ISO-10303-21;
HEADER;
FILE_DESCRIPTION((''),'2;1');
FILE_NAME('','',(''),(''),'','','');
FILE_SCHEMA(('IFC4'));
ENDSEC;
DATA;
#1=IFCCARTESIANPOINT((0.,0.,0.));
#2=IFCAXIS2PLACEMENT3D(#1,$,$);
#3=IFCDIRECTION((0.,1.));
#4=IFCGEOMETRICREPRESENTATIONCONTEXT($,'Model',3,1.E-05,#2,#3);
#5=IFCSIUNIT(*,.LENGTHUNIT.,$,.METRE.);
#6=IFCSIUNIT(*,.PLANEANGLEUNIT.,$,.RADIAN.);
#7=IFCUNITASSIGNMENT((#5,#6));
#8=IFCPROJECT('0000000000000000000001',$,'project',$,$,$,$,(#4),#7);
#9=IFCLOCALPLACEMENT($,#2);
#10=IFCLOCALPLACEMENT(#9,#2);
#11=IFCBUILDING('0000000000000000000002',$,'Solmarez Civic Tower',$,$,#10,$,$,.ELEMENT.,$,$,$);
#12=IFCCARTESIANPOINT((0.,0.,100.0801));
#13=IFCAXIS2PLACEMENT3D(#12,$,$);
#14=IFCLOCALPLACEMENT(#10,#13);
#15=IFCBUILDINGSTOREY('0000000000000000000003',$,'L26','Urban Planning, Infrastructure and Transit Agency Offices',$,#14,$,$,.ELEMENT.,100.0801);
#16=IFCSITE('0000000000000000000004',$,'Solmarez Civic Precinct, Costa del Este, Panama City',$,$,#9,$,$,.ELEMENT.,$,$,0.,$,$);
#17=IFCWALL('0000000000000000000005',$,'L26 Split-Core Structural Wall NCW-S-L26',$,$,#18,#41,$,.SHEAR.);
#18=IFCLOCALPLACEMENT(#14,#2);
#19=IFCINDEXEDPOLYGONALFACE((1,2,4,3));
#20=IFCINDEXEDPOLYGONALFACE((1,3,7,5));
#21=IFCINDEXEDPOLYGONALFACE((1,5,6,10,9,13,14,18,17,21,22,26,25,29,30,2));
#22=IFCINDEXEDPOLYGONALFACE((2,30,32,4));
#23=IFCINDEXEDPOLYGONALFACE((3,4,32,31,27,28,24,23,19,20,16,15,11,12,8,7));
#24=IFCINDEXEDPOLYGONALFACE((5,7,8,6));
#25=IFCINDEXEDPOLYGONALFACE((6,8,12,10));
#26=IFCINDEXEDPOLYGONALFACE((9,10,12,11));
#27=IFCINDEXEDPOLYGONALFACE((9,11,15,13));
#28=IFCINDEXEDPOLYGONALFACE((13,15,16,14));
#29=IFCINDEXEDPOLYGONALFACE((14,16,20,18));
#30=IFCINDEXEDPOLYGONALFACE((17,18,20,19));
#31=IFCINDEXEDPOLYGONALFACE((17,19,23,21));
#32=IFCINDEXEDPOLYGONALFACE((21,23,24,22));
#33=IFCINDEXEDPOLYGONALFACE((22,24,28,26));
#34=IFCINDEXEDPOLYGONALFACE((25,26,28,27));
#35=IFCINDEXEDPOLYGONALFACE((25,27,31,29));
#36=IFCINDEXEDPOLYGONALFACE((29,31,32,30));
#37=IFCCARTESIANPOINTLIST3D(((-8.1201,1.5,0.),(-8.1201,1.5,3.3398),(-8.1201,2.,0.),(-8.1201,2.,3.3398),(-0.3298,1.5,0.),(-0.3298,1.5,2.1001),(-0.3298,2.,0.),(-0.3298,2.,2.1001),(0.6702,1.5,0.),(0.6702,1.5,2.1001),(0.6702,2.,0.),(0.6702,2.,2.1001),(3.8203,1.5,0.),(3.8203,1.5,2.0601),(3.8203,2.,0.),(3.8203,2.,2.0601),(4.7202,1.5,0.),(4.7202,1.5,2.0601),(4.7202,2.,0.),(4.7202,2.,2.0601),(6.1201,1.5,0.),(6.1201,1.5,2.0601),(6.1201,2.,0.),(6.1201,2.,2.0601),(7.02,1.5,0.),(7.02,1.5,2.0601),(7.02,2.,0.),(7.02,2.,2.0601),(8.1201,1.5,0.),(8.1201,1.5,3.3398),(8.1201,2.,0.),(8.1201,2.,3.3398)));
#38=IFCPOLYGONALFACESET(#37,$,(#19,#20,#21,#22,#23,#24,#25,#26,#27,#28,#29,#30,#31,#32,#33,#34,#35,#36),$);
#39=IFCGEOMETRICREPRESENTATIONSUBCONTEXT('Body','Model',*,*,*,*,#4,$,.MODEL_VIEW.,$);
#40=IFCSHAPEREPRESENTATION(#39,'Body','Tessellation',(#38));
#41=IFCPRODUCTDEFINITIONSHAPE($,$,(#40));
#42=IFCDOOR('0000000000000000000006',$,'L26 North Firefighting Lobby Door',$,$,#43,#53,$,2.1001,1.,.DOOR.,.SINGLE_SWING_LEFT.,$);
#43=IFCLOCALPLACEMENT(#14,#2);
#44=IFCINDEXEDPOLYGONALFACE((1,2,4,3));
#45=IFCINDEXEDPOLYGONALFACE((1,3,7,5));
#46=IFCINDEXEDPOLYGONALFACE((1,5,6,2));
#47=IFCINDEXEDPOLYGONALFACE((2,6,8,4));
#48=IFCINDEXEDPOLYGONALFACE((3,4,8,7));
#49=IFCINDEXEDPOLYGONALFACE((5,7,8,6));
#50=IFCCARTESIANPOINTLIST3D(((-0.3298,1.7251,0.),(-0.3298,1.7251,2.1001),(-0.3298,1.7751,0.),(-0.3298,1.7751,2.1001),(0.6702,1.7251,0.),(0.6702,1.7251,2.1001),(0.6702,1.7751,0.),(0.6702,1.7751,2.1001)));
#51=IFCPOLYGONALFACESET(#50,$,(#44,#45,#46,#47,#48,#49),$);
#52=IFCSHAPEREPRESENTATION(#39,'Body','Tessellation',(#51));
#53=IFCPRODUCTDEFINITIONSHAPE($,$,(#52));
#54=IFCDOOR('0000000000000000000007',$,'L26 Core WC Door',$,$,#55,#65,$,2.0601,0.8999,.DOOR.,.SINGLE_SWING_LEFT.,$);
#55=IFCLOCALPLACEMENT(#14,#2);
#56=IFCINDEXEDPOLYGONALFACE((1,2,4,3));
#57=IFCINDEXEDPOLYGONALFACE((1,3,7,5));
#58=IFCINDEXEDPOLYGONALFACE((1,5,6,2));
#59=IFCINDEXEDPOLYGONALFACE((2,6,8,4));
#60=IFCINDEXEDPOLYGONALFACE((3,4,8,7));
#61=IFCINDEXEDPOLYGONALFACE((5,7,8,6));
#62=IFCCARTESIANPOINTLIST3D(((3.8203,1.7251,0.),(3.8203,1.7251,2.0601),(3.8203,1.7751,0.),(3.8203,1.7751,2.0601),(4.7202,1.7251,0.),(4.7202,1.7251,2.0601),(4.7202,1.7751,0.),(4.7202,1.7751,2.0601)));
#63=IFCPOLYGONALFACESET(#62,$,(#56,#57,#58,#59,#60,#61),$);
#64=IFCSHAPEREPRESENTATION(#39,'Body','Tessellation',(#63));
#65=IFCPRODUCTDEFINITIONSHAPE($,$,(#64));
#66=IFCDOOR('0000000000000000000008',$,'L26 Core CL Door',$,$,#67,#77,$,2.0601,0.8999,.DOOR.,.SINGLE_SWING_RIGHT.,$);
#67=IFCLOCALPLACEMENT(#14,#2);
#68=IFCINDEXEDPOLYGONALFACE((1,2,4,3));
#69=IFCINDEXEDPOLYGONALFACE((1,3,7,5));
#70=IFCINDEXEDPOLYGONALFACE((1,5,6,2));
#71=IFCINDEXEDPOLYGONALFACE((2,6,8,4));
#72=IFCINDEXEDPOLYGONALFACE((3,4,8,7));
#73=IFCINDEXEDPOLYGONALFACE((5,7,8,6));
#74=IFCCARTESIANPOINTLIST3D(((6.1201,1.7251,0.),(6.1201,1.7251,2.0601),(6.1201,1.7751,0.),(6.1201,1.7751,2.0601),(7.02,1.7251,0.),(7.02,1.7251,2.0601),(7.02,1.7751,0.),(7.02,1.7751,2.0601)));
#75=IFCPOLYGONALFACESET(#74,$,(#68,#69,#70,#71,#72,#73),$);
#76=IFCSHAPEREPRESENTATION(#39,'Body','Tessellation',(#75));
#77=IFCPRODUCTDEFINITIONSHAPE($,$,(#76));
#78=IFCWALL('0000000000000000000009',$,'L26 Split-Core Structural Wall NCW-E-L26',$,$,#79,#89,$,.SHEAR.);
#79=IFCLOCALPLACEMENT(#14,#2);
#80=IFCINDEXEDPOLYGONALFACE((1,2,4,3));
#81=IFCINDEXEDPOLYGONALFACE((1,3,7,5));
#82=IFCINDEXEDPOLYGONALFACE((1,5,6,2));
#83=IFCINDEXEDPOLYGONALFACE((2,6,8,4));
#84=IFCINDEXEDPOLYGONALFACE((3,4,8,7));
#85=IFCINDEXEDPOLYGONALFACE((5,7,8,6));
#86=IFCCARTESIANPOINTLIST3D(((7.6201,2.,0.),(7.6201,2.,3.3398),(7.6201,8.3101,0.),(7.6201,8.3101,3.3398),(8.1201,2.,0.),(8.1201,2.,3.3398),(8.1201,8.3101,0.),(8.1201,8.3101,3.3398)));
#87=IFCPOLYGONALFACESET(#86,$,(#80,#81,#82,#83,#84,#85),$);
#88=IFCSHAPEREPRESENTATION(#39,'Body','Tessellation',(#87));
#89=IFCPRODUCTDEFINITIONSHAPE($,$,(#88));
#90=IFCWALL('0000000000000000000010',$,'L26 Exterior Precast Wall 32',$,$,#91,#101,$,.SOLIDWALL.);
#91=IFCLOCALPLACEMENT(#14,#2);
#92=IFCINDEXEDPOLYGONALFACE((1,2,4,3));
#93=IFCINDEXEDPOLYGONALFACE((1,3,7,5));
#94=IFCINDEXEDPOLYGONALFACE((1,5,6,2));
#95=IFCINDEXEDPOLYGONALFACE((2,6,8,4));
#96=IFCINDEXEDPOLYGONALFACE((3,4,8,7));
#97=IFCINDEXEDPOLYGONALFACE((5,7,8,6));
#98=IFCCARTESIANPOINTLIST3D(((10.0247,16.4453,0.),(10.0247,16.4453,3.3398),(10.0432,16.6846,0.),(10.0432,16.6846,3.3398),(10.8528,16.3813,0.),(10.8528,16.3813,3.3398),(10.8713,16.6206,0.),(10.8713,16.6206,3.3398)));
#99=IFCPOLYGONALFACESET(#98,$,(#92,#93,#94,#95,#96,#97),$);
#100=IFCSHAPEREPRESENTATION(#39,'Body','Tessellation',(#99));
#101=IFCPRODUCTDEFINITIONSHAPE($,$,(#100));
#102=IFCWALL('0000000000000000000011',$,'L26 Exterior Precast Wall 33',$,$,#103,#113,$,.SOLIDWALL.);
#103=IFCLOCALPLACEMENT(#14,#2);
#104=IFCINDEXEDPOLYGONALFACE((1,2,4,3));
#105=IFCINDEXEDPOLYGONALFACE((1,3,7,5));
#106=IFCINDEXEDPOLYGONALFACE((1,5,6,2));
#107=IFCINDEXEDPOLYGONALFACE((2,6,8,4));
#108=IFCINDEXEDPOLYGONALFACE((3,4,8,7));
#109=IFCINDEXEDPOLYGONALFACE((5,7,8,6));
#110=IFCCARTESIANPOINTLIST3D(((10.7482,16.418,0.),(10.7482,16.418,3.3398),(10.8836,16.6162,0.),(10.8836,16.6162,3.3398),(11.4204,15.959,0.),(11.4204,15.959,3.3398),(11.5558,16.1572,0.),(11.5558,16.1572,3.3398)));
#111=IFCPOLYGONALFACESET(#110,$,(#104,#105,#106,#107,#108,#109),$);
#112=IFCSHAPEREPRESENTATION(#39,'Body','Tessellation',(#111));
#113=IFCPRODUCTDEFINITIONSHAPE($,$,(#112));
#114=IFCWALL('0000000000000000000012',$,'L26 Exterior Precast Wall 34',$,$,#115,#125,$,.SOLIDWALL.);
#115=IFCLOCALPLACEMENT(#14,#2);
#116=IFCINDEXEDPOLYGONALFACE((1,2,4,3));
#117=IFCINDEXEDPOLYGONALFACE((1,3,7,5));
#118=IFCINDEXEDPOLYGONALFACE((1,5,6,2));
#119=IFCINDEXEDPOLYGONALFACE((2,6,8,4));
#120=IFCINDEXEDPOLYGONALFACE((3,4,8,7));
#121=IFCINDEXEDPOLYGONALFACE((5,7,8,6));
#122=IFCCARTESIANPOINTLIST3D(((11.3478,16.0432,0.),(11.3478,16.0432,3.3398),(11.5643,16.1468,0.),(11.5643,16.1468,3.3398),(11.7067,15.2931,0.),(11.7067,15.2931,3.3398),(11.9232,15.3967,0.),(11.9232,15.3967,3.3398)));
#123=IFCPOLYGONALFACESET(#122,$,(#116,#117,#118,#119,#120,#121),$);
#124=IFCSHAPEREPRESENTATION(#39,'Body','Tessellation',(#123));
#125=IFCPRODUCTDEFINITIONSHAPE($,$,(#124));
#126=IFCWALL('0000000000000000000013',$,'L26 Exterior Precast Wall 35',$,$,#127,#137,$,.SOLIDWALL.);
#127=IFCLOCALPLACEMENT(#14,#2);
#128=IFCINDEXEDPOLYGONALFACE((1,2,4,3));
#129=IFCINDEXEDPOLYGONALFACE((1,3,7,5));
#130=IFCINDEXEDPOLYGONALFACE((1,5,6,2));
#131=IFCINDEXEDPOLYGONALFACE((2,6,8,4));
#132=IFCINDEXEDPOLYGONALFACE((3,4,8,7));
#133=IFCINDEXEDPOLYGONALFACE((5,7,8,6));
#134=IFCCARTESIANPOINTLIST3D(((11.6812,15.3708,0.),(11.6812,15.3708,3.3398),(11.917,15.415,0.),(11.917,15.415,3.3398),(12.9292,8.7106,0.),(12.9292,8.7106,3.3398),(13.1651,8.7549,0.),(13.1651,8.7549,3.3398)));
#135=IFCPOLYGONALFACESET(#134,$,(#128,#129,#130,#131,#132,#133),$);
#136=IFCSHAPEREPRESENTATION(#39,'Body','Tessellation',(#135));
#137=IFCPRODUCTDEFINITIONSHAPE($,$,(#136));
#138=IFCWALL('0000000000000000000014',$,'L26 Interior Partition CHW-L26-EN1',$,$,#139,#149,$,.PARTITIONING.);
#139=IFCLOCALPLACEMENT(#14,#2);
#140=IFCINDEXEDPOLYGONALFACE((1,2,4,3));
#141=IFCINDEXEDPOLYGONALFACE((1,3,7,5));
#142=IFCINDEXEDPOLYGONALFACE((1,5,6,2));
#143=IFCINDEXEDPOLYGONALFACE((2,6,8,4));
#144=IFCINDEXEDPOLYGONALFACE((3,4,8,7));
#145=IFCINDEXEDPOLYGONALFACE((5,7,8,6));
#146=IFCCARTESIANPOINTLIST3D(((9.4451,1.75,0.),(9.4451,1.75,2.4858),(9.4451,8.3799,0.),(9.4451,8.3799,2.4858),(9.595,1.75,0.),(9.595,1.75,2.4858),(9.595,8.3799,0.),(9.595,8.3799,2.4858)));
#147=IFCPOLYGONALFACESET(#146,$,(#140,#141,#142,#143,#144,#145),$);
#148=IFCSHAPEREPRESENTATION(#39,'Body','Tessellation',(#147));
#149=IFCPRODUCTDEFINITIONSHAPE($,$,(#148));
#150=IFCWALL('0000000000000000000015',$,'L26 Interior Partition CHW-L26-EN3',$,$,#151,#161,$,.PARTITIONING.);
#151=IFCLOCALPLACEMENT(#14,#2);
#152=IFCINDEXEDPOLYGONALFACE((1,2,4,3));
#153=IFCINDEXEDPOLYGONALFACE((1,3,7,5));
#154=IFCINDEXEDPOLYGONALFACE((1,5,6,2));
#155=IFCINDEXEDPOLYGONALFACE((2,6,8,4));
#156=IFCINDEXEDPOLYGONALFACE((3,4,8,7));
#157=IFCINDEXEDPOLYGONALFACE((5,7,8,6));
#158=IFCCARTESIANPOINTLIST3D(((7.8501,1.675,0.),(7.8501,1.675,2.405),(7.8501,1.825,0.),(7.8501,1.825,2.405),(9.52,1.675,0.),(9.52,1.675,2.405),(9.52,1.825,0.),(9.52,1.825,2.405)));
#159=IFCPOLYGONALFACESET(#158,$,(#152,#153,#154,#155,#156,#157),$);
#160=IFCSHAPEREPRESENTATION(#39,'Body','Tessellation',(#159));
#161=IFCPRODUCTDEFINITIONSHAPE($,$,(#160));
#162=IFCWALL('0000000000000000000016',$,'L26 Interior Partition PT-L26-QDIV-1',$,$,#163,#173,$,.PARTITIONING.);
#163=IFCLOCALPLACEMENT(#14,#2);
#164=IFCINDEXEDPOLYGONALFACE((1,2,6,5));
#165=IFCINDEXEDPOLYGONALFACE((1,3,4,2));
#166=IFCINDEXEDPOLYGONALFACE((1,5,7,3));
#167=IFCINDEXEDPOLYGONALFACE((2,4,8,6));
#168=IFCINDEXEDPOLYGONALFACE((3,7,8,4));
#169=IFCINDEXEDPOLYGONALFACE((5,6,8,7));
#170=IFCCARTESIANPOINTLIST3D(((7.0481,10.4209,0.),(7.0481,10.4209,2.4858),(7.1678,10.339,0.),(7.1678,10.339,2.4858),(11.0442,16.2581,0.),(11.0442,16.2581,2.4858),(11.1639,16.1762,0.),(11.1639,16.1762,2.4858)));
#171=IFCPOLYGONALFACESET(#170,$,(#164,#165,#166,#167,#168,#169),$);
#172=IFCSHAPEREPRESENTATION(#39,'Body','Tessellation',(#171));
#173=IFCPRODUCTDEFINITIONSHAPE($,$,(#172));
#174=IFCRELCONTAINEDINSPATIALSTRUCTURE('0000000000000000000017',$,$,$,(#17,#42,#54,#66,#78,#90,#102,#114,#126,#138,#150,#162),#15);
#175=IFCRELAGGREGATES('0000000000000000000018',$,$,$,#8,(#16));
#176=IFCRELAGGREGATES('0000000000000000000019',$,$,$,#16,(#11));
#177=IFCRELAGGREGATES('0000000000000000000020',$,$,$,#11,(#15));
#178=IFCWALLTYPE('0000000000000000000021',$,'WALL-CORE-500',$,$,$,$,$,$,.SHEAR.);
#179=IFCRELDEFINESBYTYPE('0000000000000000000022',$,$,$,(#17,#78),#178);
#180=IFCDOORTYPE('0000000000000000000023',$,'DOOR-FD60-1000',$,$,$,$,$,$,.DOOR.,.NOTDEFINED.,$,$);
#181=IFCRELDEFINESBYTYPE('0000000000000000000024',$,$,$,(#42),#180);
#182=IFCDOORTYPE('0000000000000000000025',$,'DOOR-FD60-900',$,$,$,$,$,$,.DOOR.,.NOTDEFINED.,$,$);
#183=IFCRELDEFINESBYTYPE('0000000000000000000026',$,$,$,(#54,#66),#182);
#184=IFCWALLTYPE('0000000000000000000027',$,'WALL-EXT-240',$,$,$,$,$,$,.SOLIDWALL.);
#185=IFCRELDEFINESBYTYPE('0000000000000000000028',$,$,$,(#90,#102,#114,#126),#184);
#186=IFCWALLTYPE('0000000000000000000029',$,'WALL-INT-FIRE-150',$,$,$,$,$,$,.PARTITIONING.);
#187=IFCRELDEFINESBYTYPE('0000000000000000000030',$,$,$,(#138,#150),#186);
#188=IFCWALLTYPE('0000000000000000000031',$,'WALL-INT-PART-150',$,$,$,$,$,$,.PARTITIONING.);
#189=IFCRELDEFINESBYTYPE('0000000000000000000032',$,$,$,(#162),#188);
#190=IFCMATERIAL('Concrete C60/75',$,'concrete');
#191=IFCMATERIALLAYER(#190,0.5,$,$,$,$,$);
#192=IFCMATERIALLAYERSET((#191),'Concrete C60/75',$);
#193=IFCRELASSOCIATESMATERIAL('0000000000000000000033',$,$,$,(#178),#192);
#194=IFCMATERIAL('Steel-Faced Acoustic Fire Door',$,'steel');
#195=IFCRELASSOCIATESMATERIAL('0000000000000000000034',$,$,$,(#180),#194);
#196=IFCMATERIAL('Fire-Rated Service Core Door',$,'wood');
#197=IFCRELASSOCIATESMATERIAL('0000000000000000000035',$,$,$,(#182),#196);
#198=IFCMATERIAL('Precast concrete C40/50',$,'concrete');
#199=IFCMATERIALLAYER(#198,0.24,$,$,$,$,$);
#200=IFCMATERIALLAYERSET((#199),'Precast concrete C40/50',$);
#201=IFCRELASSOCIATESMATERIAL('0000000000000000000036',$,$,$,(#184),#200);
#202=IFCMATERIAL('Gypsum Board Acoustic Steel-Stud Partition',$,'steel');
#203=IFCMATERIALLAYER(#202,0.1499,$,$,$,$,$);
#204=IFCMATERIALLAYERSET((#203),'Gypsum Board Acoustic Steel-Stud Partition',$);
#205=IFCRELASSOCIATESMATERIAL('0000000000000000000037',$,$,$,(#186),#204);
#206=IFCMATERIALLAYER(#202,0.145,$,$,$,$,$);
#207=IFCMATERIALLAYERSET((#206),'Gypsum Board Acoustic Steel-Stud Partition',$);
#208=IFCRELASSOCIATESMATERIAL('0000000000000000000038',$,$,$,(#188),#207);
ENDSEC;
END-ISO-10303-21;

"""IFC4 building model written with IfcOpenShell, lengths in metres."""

from ifc_helpers import new_model, si_unit, direction, frame, frame_2d, origin, place, context, subcontext, project, spatial, rectangle, extrude, material, layer, layer_set, type_object, element, fill, save


model = new_model("IFC4")

# Units and contexts
model_context = context("Model", 3, precision=1e-05, world=origin(), true_north=direction((0.0, 1.0)))
body_context = subcontext(model_context, "Body", "Model", "MODEL_VIEW")
ifc_project = project(units=[si_unit("LENGTHUNIT", "METRE"), si_unit("PLANEANGLEUNIT", "RADIAN")], contexts=[model_context])

# Site, building, storey
site_placement = place(None, origin())
site = spatial("IfcSite", under=ifc_project, at=site_placement, Name="Solmarez Civic Precinct, Costa del Este, Panama City", CompositionType="ELEMENT", RefElevation=0.0)
building_placement = place(site_placement, origin())
building = spatial("IfcBuilding", under=site, at=building_placement, Name="Solmarez Civic Tower", CompositionType="ELEMENT")
storey_placement = place(building_placement, frame((0.0, 0.0, 100.0801)))
storey = spatial("IfcBuildingStorey", under=building, at=storey_placement, Name="L26", Description="Urban Planning, Infrastructure and Transit Agency Offices", CompositionType="ELEMENT", Elevation=100.0801)

# Shared definitions
ifc_material_1 = material(Name="Concrete C60/75", Category="concrete")

# Wall, openings, doors
ifc_layer_1 = layer(ifc_material_1, 0.5)
ifc_layer_set_1 = layer_set([ifc_layer_1], Name="Concrete C60/75")
wall_type_1 = type_object("IfcWallType", Name="WALL-CORE-500", PredefinedType="SHEAR", material=ifc_layer_set_1)
wall_1_placement = place(storey_placement, frame((8.1201, 1.75, 0.0), z_axis=(0.0, 0.0, 1.0), x_axis=(-1.0, 0.0, 0.0)))
wall_1 = element("IfcWall", 1, at=wall_1_placement, inside=storey, type_object=wall_type_1, Name="L26 Split-Core Structural Wall NCW-S-L26", PredefinedType="SHEAR", context=body_context, shape_type="SweptSolid", body=[
    extrude(rectangle(XDim=16.2402, YDim=0.5, at=frame_2d((8.1201, 0.0))), origin(), (0.0, 0.0, 1.0), 3.3398),
])
opening_1_placement = place(wall_1_placement, frame((7.45, 0.0, 0.0)))
opening_1 = element("IfcOpeningElement", 2, at=opening_1_placement, cuts=wall_1, PredefinedType="OPENING", context=body_context, shape_type="SweptSolid", body=[
    extrude(rectangle(XDim=1.0, YDim=2.1001, at=frame_2d((0.5, 1.05))), frame((0.0, 0.26, 0.0), z_axis=(0.0, -1.0, 0.0), x_axis=(1.0, 0.0, 0.0)), (0.0, 0.0, 1.0), 0.52),
])
opening_2_placement = place(wall_1_placement, frame((3.3999, 0.0, 0.0)))
opening_2 = element("IfcOpeningElement", 3, at=opening_2_placement, cuts=wall_1, PredefinedType="OPENING", context=body_context, shape_type="SweptSolid", body=[
    extrude(rectangle(XDim=0.8999, YDim=2.0601, at=frame_2d((0.45, 1.03))), frame((0.0, 0.26, 0.0), z_axis=(0.0, -1.0, 0.0), x_axis=(1.0, 0.0, 0.0)), (0.0, 0.0, 1.0), 0.52),
])
opening_3_placement = place(wall_1_placement, frame((1.1001, 0.0, 0.0)))
opening_3 = element("IfcOpeningElement", 4, at=opening_3_placement, cuts=wall_1, PredefinedType="OPENING", context=body_context, shape_type="SweptSolid", body=[
    extrude(rectangle(XDim=0.8999, YDim=2.0601, at=frame_2d((0.45, 1.03))), frame((0.0, 0.26, 0.0), z_axis=(0.0, -1.0, 0.0), x_axis=(1.0, 0.0, 0.0)), (0.0, 0.0, 1.0), 0.52),
])
ifc_material_2 = material(Name="Steel-Faced Acoustic Fire Door", Category="steel")
door_type_1 = type_object("IfcDoorType", Name="DOOR-FD60-1000", OperationType="NOTDEFINED", PredefinedType="DOOR", material=ifc_material_2)
door_1_placement = place(opening_1_placement, origin())
door_1 = element("IfcDoor", 5, at=door_1_placement, inside=storey, type_object=door_type_1, Name="L26 North Firefighting Lobby Door", OperationType="SINGLE_SWING_LEFT", OverallHeight=2.1001, OverallWidth=1.0, PredefinedType="DOOR", context=body_context, shape_type="SweptSolid", body=[
    extrude(rectangle(XDim=1.0, YDim=2.1001, at=frame_2d((0.5, 1.05))), frame((0.0, 0.0249, 0.0), z_axis=(0.0, -1.0, 0.0), x_axis=(1.0, 0.0, 0.0)), (0.0, 0.0, 1.0), 0.05),
])
fill(opening_1, door_1)
ifc_material_3 = material(Name="Fire-Rated Service Core Door", Category="wood")
door_type_2 = type_object("IfcDoorType", Name="DOOR-FD60-900", OperationType="NOTDEFINED", PredefinedType="DOOR", material=ifc_material_3)
door_2_placement = place(opening_2_placement, origin())
door_2 = element("IfcDoor", 6, at=door_2_placement, inside=storey, type_object=door_type_2, Name="L26 Core WC Door", OperationType="SINGLE_SWING_LEFT", OverallHeight=2.0601, OverallWidth=0.8999, PredefinedType="DOOR", context=body_context, shape_type="SweptSolid", body=[
    extrude(rectangle(XDim=0.8999, YDim=2.0601, at=frame_2d((0.45, 1.03))), frame((0.0, 0.0249, 0.0), z_axis=(0.0, -1.0, 0.0), x_axis=(1.0, 0.0, 0.0)), (0.0, 0.0, 1.0), 0.05),
])
fill(opening_2, door_2)
door_3_placement = place(opening_3_placement, origin())
door_3 = element("IfcDoor", 7, at=door_3_placement, inside=storey, type_object=door_type_2, Name="L26 Core CL Door", OperationType="SINGLE_SWING_RIGHT", OverallHeight=2.0601, OverallWidth=0.8999, PredefinedType="DOOR", context=body_context, shape_type="SweptSolid", body=[
    extrude(rectangle(XDim=0.8999, YDim=2.0601, at=frame_2d((0.45, 1.03))), frame((0.0, 0.0249, 0.0), z_axis=(0.0, -1.0, 0.0), x_axis=(1.0, 0.0, 0.0)), (0.0, 0.0, 1.0), 0.05),
])
fill(opening_3, door_3)

# Walls
wall_2_placement = place(storey_placement, frame((7.8701, 8.3101, 0.0), z_axis=(0.0, 0.0, 1.0), x_axis=(0.0, -1.0, 0.0)))
element("IfcWall", 8, at=wall_2_placement, inside=storey, type_object=wall_type_1, Name="L26 Split-Core Structural Wall NCW-E-L26", PredefinedType="SHEAR", context=body_context, shape_type="SweptSolid", body=[
    extrude(rectangle(XDim=6.3101, YDim=0.5, at=frame_2d((3.155, 0.0))), origin(), (0.0, 0.0, 1.0), 3.3398),
])
ifc_material_4 = material(Name="Precast concrete C40/50", Category="concrete")
ifc_layer_2 = layer(ifc_material_4, 0.24)
ifc_layer_set_2 = layer_set([ifc_layer_2], Name="Precast concrete C40/50")
wall_type_2 = type_object("IfcWallType", Name="WALL-EXT-240", PredefinedType="SOLIDWALL", material=ifc_layer_set_2)
wall_3_placement = place(storey_placement, frame((10.0339, 16.5649, 0.0), z_axis=(0.0, 0.0, 1.0), x_axis=(0.99703, -0.077011, 0.0)))
element("IfcWall", 9, at=wall_3_placement, inside=storey, type_object=wall_type_2, Name="L26 Exterior Precast Wall 32", PredefinedType="SOLIDWALL", context=body_context, shape_type="SweptSolid", body=[
    extrude(rectangle(XDim=0.8306, YDim=0.24, at=frame_2d((0.4153, 0.0))), origin(), (0.0, 0.0, 1.0), 3.3398),
])
wall_4_placement = place(storey_placement, frame((10.8159, 16.5171, 0.0), z_axis=(0.0, 0.0, 1.0), x_axis=(0.825815, -0.563942, 0.0)))
element("IfcWall", 10, at=wall_4_placement, inside=storey, type_object=wall_type_2, Name="L26 Exterior Precast Wall 33", PredefinedType="SOLIDWALL", context=body_context, shape_type="SweptSolid", body=[
    extrude(rectangle(XDim=0.814, YDim=0.24, at=frame_2d((0.407, 0.0))), origin(), (0.0, 0.0, 1.0), 3.3398),
])
wall_5_placement = place(storey_placement, frame((11.4561, 16.095, 0.0), z_axis=(0.0, 0.0, 1.0), x_axis=(0.431643, -0.902045, 0.0)))
element("IfcWall", 11, at=wall_5_placement, inside=storey, type_object=wall_type_2, Name="L26 Exterior Precast Wall 34", PredefinedType="SOLIDWALL", context=body_context, shape_type="SweptSolid", body=[
    extrude(rectangle(XDim=0.8315, YDim=0.24, at=frame_2d((0.4158, 0.0))), origin(), (0.0, 0.0, 1.0), 3.3398),
])
wall_6_placement = place(storey_placement, frame((11.7991, 15.3931, 0.0), z_axis=(0.0, 0.0, 1.0), x_axis=(0.184184, -0.982892, 0.0)))
element("IfcWall", 12, at=wall_6_placement, inside=storey, type_object=wall_type_2, Name="L26 Exterior Precast Wall 35", PredefinedType="SOLIDWALL", context=body_context, shape_type="SweptSolid", body=[
    extrude(rectangle(XDim=6.7761, YDim=0.24, at=frame_2d((3.3882, 0.0))), origin(), (0.0, 0.0, 1.0), 3.3398),
])
ifc_material_5 = material(Name="Gypsum Board Acoustic Steel-Stud Partition", Category="steel")
ifc_layer_3 = layer(ifc_material_5, 0.1499)
ifc_layer_set_3 = layer_set([ifc_layer_3], Name="Gypsum Board Acoustic Steel-Stud Partition")
wall_type_3 = type_object("IfcWallType", Name="WALL-INT-FIRE-150", PredefinedType="PARTITIONING", material=ifc_layer_set_3)
wall_7_placement = place(storey_placement, frame((9.52, 1.75, 0.0), z_axis=(0.0, 0.0, 1.0), x_axis=(0.0, 1.0, 0.0)))
element("IfcWall", 13, at=wall_7_placement, inside=storey, type_object=wall_type_3, Name="L26 Interior Partition CHW-L26-EN1", PredefinedType="PARTITIONING", context=body_context, shape_type="SweptSolid", body=[
    extrude(rectangle(XDim=6.6299, YDim=0.1499, at=frame_2d((3.3149, 0.0))), origin(), (0.0, 0.0, 1.0), 2.4858),
])
wall_8_placement = place(storey_placement, frame((7.8501, 1.75, 0.0), z_axis=(0.0, 0.0, 1.0), x_axis=(1.0, 0.0, 0.0)))
element("IfcWall", 14, at=wall_8_placement, inside=storey, type_object=wall_type_3, Name="L26 Interior Partition CHW-L26-EN3", PredefinedType="PARTITIONING", context=body_context, shape_type="SweptSolid", body=[
    extrude(rectangle(XDim=1.6699, YDim=0.1499, at=frame_2d((0.835, 0.0))), origin(), (0.0, 0.0, 1.0), 2.405),
])
ifc_layer_4 = layer(ifc_material_5, 0.145)
ifc_layer_set_4 = layer_set([ifc_layer_4], Name="Gypsum Board Acoustic Steel-Stud Partition")
wall_type_4 = type_object("IfcWallType", Name="WALL-INT-PART-150", PredefinedType="PARTITIONING", material=ifc_layer_set_4)
wall_9_placement = place(storey_placement, frame((7.1079, 10.3799, 0.0), z_axis=(0.0, 0.0, 1.0), x_axis=(0.5649, 0.825159, 0.0)))
element("IfcWall", 15, at=wall_9_placement, inside=storey, type_object=wall_type_4, Name="L26 Interior Partition PT-L26-QDIV-1", PredefinedType="PARTITIONING", context=body_context, shape_type="SweptSolid", body=[
    extrude(rectangle(XDim=7.074, YDim=0.145, at=frame_2d((3.5371, 0.0))), origin(), (0.0, 0.0, 1.0), 2.4858),
])

save(model, "model.ifc")
